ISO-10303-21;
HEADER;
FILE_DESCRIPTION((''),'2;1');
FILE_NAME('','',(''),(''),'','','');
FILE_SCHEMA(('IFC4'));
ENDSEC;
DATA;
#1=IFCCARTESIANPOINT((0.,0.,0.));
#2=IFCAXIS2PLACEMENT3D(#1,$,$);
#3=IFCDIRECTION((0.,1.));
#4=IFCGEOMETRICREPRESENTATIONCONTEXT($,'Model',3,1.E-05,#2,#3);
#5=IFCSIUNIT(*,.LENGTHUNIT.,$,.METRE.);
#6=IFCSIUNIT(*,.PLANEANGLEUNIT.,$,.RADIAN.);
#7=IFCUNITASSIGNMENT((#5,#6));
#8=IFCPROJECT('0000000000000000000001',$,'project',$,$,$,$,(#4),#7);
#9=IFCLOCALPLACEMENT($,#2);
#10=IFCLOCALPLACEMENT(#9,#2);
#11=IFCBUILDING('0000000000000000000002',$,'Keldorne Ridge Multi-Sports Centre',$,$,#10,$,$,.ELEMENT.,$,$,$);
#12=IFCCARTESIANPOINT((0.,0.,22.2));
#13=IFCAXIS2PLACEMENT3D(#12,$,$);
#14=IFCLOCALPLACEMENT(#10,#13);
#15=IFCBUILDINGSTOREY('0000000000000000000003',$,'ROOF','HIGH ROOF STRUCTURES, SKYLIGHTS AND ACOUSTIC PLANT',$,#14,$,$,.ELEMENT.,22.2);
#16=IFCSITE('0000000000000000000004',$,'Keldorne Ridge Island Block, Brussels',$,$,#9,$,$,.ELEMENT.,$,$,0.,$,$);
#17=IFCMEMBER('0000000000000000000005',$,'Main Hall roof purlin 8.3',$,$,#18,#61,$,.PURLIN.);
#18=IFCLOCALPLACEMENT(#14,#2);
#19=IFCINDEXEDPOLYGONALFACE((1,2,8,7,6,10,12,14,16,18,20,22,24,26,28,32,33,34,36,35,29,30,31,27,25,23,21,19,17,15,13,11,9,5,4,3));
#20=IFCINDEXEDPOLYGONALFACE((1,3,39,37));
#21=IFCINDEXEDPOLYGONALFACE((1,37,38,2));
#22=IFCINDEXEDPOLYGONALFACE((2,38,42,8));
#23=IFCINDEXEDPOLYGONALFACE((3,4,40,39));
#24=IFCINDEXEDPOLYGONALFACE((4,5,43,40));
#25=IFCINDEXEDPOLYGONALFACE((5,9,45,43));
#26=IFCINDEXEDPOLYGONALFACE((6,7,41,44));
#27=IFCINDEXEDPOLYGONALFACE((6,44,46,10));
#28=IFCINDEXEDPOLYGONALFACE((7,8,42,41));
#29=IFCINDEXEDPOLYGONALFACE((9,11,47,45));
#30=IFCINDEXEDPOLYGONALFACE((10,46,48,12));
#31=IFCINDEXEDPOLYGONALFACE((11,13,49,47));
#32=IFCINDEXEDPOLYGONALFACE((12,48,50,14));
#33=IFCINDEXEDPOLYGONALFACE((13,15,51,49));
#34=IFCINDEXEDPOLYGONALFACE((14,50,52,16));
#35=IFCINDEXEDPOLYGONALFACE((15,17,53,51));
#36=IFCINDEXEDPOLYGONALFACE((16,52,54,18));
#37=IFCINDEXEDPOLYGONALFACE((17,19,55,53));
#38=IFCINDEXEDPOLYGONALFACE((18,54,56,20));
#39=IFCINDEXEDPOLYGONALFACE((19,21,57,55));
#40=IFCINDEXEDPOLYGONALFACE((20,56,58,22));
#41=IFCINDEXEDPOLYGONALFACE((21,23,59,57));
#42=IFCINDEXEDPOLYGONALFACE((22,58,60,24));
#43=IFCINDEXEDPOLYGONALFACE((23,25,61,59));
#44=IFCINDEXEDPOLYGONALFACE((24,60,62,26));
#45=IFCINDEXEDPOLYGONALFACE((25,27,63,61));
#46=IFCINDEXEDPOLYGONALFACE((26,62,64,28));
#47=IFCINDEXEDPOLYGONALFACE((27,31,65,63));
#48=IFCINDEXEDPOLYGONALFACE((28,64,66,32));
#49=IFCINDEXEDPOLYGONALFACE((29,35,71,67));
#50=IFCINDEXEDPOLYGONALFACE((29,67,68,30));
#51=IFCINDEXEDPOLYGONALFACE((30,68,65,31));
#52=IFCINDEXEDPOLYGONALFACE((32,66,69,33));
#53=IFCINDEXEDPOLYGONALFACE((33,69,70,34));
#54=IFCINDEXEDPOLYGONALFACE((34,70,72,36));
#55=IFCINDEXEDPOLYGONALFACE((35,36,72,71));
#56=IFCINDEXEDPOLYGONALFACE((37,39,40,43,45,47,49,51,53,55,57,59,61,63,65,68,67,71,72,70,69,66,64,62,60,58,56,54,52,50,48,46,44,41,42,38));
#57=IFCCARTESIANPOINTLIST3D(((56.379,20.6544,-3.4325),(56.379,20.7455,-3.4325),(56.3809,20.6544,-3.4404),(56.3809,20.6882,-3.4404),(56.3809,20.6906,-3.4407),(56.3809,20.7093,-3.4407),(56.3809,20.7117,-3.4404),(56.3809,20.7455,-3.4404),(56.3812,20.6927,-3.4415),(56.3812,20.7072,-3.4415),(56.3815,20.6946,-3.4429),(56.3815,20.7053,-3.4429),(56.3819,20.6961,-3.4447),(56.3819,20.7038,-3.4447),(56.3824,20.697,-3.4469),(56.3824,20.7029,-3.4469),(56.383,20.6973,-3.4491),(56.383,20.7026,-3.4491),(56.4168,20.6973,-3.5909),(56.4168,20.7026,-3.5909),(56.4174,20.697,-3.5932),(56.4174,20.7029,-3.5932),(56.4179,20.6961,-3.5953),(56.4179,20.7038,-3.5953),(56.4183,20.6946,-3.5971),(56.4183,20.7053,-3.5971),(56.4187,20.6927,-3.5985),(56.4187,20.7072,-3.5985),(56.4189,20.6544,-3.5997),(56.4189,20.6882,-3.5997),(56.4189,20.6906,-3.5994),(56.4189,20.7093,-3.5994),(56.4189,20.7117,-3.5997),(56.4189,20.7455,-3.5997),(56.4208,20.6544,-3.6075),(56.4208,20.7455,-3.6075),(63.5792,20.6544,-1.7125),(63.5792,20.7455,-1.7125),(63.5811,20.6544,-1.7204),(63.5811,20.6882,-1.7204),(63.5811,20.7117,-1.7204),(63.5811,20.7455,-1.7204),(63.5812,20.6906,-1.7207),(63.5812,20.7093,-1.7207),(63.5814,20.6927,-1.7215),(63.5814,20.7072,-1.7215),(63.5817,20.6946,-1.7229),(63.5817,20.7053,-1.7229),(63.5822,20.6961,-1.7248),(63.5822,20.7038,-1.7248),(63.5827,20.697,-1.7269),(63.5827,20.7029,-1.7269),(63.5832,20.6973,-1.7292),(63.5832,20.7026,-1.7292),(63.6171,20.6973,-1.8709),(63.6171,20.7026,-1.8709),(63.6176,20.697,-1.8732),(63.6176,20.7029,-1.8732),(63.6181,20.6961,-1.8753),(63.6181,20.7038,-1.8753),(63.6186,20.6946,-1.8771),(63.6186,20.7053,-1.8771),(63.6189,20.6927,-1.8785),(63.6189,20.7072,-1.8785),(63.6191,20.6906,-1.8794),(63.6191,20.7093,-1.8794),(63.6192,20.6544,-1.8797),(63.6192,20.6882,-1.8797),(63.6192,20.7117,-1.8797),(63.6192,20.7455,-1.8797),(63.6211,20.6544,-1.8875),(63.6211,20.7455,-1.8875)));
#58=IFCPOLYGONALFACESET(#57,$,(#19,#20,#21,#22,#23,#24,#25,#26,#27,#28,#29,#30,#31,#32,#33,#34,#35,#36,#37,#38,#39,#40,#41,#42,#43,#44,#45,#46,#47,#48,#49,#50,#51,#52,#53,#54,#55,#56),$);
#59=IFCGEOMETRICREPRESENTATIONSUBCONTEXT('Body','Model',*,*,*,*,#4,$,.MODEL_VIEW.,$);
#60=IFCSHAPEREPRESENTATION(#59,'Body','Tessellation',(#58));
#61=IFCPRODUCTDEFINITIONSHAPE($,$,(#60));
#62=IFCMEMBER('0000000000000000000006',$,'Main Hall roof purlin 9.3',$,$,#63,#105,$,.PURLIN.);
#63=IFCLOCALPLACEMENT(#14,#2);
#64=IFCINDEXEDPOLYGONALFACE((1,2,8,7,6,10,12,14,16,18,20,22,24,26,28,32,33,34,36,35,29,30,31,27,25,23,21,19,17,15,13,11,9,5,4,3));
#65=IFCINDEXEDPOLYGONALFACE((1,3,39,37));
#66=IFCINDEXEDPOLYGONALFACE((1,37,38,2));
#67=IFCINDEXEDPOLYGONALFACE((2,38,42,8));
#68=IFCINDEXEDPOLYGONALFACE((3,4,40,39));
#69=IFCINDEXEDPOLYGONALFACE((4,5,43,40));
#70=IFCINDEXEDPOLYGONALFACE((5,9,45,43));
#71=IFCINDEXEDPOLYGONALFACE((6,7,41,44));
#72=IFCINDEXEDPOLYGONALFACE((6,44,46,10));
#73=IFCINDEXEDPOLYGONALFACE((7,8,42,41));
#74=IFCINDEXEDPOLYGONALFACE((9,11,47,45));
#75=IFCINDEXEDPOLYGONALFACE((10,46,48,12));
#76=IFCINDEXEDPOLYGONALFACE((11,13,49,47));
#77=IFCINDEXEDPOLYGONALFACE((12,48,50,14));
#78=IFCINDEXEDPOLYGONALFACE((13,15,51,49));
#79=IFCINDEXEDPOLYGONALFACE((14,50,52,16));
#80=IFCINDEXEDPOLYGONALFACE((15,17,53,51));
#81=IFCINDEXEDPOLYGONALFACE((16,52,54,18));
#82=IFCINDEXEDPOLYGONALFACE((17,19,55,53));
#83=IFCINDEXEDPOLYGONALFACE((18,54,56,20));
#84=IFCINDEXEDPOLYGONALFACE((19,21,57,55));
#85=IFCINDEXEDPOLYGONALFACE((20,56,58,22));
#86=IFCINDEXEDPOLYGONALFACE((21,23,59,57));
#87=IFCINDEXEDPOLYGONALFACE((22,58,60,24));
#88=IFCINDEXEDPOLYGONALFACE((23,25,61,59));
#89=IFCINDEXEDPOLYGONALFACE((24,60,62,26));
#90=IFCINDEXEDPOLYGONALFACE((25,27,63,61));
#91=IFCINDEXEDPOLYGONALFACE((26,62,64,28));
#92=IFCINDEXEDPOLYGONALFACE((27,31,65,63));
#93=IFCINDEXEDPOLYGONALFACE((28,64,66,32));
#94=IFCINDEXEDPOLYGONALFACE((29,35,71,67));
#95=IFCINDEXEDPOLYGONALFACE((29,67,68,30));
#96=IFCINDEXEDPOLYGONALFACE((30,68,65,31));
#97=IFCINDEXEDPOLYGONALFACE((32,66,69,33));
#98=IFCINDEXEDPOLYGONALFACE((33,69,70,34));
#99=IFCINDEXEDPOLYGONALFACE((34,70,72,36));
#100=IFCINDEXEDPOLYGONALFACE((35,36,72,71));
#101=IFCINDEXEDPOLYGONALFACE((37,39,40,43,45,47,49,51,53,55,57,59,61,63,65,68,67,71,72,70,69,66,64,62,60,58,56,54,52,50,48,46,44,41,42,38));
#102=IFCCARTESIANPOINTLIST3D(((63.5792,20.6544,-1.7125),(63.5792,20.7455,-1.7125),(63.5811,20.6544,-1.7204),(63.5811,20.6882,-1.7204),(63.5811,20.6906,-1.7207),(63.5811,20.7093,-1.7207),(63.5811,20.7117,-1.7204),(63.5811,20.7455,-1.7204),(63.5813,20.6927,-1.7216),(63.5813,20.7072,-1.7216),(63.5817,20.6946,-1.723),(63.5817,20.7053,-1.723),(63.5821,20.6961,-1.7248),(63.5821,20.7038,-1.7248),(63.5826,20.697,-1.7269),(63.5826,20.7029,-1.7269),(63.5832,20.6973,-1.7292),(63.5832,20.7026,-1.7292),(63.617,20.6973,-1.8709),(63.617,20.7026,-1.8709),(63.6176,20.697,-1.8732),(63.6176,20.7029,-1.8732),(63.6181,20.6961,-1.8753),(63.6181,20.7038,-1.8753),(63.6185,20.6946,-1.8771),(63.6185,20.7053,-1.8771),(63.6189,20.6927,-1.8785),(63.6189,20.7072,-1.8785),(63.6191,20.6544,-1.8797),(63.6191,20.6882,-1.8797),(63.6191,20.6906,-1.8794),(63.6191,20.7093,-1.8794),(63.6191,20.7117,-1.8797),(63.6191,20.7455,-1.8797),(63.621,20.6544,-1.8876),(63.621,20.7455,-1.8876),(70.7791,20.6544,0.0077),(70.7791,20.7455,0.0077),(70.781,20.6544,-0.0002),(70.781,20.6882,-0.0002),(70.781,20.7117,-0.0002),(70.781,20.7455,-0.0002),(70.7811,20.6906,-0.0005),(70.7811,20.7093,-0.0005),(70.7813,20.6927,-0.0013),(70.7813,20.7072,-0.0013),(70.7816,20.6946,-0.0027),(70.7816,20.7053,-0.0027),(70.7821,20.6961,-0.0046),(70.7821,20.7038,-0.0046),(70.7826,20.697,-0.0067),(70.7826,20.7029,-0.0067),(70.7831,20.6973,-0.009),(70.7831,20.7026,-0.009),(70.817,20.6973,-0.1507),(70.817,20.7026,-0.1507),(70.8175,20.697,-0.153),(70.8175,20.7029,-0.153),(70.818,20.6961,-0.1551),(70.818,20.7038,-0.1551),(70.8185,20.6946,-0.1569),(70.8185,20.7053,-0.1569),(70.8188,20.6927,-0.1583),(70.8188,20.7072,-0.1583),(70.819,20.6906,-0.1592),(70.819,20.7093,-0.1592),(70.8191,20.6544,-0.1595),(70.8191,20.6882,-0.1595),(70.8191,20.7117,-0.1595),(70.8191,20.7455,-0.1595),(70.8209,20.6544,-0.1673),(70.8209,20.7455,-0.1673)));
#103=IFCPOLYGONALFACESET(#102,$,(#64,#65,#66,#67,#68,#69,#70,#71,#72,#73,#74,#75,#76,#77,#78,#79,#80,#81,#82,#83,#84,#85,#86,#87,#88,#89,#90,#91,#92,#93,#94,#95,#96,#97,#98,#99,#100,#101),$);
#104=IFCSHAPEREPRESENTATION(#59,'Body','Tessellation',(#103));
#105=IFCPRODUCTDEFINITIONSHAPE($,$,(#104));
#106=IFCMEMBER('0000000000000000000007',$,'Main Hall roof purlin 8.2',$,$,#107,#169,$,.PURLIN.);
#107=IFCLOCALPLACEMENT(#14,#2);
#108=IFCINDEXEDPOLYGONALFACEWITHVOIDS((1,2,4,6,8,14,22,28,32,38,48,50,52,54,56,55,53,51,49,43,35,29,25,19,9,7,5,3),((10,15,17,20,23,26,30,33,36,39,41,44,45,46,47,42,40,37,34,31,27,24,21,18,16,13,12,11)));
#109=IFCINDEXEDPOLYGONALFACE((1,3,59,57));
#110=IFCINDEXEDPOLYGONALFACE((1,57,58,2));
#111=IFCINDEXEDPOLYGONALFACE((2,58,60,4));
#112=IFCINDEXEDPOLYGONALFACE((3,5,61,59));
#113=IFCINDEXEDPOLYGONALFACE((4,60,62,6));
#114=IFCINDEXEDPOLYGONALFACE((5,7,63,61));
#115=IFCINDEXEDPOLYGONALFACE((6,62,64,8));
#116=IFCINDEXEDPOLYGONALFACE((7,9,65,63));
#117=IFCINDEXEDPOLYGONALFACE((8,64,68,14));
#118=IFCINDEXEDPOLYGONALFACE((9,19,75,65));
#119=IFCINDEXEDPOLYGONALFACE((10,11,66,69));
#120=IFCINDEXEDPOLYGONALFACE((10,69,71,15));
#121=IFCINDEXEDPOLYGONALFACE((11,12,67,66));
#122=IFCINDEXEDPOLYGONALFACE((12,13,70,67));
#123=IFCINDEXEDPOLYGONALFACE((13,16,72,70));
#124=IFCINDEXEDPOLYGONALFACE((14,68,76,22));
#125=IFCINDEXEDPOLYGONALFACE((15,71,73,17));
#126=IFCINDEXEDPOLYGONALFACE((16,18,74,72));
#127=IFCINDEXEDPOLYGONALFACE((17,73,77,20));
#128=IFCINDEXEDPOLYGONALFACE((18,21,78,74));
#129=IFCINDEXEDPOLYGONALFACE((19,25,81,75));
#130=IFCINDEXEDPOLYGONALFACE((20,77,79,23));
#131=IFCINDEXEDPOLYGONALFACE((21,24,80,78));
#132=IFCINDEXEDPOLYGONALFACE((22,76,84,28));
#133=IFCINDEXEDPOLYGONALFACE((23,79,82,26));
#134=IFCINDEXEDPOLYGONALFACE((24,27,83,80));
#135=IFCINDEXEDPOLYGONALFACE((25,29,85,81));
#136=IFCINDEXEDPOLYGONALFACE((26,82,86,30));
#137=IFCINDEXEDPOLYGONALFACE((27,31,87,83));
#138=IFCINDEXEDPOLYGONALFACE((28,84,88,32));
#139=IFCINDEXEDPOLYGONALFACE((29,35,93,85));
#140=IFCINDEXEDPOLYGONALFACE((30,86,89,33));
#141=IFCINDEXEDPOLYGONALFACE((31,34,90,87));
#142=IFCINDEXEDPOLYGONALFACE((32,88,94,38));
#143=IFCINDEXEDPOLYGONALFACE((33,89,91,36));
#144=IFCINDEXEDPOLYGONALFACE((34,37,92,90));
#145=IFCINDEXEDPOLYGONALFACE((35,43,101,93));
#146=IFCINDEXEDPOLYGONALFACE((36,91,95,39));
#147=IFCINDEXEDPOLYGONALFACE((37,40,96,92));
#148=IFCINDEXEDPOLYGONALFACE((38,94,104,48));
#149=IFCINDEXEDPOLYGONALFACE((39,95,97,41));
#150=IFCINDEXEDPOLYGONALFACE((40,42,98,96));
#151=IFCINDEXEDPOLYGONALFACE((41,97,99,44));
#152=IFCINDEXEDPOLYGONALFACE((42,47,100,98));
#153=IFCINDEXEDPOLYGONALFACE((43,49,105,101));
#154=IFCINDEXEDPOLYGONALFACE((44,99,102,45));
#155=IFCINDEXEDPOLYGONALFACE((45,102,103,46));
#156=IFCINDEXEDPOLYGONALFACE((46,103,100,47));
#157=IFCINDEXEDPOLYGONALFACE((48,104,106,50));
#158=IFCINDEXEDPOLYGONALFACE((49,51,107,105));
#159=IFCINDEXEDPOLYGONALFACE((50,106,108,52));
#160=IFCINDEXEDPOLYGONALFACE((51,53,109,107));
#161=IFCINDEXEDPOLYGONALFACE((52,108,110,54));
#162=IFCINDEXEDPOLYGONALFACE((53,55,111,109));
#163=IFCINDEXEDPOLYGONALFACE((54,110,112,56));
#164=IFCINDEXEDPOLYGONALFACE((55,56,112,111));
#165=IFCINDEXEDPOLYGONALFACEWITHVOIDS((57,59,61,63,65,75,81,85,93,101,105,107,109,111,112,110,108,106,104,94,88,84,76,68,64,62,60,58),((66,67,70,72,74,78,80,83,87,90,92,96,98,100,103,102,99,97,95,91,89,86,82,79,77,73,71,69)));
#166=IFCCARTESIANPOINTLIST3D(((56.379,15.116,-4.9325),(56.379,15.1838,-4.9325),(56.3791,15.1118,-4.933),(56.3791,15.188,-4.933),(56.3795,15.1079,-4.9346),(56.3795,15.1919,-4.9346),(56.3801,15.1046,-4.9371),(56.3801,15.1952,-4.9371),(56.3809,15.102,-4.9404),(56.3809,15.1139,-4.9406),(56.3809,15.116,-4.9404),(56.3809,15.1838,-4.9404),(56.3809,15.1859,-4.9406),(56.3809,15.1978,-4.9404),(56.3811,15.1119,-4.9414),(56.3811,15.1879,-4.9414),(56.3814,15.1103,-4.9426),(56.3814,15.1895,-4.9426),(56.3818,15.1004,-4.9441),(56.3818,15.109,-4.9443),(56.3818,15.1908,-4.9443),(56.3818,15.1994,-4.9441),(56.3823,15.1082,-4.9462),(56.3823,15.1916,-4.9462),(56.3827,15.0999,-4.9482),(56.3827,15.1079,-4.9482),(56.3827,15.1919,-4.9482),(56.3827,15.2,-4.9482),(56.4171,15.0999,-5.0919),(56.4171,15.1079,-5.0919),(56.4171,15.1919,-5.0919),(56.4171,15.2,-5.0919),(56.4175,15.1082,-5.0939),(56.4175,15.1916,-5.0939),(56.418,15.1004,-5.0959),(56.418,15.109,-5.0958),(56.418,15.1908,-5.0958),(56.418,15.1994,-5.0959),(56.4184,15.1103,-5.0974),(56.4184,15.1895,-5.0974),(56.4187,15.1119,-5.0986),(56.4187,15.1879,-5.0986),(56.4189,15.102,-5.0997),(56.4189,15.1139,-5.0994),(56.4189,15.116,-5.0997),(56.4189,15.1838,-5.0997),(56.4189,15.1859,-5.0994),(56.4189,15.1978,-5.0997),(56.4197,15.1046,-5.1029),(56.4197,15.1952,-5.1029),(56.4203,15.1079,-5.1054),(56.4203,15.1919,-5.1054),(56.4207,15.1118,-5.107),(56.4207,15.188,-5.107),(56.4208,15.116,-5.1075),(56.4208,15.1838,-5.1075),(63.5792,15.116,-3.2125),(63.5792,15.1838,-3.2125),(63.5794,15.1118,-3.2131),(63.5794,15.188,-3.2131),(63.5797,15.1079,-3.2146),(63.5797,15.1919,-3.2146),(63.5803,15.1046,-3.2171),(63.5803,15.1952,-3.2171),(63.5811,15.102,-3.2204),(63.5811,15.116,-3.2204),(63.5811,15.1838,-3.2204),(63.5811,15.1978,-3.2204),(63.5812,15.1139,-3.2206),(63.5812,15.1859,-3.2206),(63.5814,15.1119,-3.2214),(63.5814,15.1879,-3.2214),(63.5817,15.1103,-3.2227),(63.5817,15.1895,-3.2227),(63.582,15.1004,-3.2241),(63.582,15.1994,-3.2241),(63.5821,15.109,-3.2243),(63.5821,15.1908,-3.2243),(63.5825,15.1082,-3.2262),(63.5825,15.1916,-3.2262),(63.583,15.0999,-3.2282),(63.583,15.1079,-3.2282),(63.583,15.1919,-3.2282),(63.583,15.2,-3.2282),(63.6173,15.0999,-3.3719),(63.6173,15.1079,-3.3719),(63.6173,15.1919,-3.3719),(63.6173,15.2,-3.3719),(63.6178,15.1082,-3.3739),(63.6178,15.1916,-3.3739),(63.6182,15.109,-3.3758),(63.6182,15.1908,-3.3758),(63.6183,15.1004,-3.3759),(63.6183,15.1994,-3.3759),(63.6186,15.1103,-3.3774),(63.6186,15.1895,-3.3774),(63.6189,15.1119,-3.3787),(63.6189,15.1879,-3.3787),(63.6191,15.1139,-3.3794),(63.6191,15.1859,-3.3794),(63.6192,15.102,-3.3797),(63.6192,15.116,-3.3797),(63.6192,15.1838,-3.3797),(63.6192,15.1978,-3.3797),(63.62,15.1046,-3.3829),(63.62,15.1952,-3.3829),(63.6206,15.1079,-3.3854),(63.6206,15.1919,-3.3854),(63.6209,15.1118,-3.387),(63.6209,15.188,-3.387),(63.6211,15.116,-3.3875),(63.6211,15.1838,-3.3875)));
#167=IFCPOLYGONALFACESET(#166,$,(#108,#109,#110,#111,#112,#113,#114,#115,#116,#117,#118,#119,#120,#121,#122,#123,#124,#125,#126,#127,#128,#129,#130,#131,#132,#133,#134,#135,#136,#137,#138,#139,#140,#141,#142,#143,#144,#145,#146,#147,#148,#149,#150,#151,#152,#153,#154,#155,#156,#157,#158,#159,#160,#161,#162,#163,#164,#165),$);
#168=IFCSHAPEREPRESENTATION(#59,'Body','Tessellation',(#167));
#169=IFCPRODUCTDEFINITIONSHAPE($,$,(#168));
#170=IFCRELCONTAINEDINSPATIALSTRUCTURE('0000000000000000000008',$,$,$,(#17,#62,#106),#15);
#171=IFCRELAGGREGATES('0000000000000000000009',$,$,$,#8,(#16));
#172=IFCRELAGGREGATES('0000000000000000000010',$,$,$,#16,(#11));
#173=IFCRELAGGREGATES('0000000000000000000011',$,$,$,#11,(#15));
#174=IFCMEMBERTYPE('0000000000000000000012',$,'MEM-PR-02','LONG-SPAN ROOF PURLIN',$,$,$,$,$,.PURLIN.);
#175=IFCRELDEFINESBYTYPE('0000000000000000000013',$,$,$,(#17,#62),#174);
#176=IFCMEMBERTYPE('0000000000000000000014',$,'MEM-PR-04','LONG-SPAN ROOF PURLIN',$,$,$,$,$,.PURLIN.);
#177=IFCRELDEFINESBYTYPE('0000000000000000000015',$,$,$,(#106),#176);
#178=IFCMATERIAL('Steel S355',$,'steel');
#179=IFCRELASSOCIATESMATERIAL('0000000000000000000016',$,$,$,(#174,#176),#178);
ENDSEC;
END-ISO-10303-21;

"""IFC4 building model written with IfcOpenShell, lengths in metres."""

from ifc_helpers import new_model, si_unit, direction, frame, origin, origin_2d, place, context, subcontext, project, spatial, hollow_rectangle, i_section, extrude, material, material_profile, profile_set, type_object, element, save


model = new_model("IFC4")

# Units and contexts
model_context = context("Model", 3, precision=1e-05, world=origin(), true_north=direction((0.0, 1.0)))
body_context = subcontext(model_context, "Body", "Model", "MODEL_VIEW")
ifc_project = project(units=[si_unit("LENGTHUNIT", "METRE"), si_unit("PLANEANGLEUNIT", "RADIAN")], contexts=[model_context])

# Site, building, storey
site_placement = place(None, origin())
site = spatial("IfcSite", under=ifc_project, at=site_placement, Name="Keldorne Ridge Island Block, Brussels", CompositionType="ELEMENT", RefElevation=0.0)
building_placement = place(site_placement, origin())
building = spatial("IfcBuilding", under=site, at=building_placement, Name="Keldorne Ridge Multi-Sports Centre", CompositionType="ELEMENT")
storey_placement = place(building_placement, frame((0.0, 0.0, 22.2)))
storey = spatial("IfcBuildingStorey", under=building, at=storey_placement, Name="ROOF", Description="HIGH ROOF STRUCTURES, SKYLIGHTS AND ACOUSTIC PLANT", CompositionType="ELEMENT", Elevation=22.2)

# Members
ifc_material = material(Name="Steel S355", Category="steel")
ifc_material_profile_1 = material_profile(ifc_material, i_section(OverallWidth=0.0911, OverallDepth=0.1799, WebThickness=0.0054, FlangeThickness=0.0081, FilletRadius=0.009, at=origin_2d()), Name="IPE 180")
ifc_profile_set_1 = profile_set([ifc_material_profile_1], Name="Steel S355")
member_type_1 = type_object("IfcMemberType", Name="MEM-PR-02", Description="LONG-SPAN ROOF PURLIN", PredefinedType="PURLIN", material=ifc_profile_set_1)
member_1_placement = place(storey_placement, frame((56.3999, 20.7, -3.52), z_axis=(0.972634, 0.0, 0.232341), x_axis=(0.0, 1.0, 0.0)))
element("IfcMember", 1, at=member_1_placement, inside=storey, type_object=member_type_1, Name="Main Hall roof purlin 8.3", PredefinedType="PURLIN", context=body_context, shape_type="SweptSolid", body=[
    extrude(i_section(OverallWidth=0.0911, OverallDepth=0.1799, WebThickness=0.0054, FlangeThickness=0.0081, FilletRadius=0.009, at=origin_2d()), origin(), (0.0, 0.0, 1.0), 7.4028),
])
member_2_placement = place(storey_placement, frame((63.6001, 20.7, -1.8), z_axis=(0.972625, 0.0, 0.23238), x_axis=(0.0, 1.0, 0.0)))
element("IfcMember", 2, at=member_2_placement, inside=storey, type_object=member_type_1, Name="Main Hall roof purlin 9.3", PredefinedType="PURLIN", context=body_context, shape_type="SweptSolid", body=[
    extrude(i_section(OverallWidth=0.0911, OverallDepth=0.1799, WebThickness=0.0054, FlangeThickness=0.0081, FilletRadius=0.009, at=origin_2d()), origin(), (0.0, 0.0, 1.0), 7.4026),
])
ifc_material_profile_2 = material_profile(ifc_material, hollow_rectangle(XDim=0.1001, YDim=0.1799, WallThickness=0.0081, InnerFilletRadius=0.0081, OuterFilletRadius=0.0161, at=origin_2d()), Name="RHS 180x100x8")
ifc_profile_set_2 = profile_set([ifc_material_profile_2], Name="Steel S355")
member_type_2 = type_object("IfcMemberType", Name="MEM-PR-04", Description="LONG-SPAN ROOF PURLIN", PredefinedType="PURLIN", material=ifc_profile_set_2)
member_3_placement = place(storey_placement, frame((56.3999, 15.1499, -5.02), z_axis=(0.972634, 0.0, 0.232341), x_axis=(0.0, 1.0, 0.0)))
element("IfcMember", 3, at=member_3_placement, inside=storey, type_object=member_type_2, Name="Main Hall roof purlin 8.2", PredefinedType="PURLIN", context=body_context, shape_type="SweptSolid", body=[
    extrude(hollow_rectangle(XDim=0.1001, YDim=0.1799, WallThickness=0.0081, InnerFilletRadius=0.0081, OuterFilletRadius=0.0161, at=origin_2d()), origin(), (0.0, 0.0, 1.0), 7.4028),
])

save(model, "model.ifc")
